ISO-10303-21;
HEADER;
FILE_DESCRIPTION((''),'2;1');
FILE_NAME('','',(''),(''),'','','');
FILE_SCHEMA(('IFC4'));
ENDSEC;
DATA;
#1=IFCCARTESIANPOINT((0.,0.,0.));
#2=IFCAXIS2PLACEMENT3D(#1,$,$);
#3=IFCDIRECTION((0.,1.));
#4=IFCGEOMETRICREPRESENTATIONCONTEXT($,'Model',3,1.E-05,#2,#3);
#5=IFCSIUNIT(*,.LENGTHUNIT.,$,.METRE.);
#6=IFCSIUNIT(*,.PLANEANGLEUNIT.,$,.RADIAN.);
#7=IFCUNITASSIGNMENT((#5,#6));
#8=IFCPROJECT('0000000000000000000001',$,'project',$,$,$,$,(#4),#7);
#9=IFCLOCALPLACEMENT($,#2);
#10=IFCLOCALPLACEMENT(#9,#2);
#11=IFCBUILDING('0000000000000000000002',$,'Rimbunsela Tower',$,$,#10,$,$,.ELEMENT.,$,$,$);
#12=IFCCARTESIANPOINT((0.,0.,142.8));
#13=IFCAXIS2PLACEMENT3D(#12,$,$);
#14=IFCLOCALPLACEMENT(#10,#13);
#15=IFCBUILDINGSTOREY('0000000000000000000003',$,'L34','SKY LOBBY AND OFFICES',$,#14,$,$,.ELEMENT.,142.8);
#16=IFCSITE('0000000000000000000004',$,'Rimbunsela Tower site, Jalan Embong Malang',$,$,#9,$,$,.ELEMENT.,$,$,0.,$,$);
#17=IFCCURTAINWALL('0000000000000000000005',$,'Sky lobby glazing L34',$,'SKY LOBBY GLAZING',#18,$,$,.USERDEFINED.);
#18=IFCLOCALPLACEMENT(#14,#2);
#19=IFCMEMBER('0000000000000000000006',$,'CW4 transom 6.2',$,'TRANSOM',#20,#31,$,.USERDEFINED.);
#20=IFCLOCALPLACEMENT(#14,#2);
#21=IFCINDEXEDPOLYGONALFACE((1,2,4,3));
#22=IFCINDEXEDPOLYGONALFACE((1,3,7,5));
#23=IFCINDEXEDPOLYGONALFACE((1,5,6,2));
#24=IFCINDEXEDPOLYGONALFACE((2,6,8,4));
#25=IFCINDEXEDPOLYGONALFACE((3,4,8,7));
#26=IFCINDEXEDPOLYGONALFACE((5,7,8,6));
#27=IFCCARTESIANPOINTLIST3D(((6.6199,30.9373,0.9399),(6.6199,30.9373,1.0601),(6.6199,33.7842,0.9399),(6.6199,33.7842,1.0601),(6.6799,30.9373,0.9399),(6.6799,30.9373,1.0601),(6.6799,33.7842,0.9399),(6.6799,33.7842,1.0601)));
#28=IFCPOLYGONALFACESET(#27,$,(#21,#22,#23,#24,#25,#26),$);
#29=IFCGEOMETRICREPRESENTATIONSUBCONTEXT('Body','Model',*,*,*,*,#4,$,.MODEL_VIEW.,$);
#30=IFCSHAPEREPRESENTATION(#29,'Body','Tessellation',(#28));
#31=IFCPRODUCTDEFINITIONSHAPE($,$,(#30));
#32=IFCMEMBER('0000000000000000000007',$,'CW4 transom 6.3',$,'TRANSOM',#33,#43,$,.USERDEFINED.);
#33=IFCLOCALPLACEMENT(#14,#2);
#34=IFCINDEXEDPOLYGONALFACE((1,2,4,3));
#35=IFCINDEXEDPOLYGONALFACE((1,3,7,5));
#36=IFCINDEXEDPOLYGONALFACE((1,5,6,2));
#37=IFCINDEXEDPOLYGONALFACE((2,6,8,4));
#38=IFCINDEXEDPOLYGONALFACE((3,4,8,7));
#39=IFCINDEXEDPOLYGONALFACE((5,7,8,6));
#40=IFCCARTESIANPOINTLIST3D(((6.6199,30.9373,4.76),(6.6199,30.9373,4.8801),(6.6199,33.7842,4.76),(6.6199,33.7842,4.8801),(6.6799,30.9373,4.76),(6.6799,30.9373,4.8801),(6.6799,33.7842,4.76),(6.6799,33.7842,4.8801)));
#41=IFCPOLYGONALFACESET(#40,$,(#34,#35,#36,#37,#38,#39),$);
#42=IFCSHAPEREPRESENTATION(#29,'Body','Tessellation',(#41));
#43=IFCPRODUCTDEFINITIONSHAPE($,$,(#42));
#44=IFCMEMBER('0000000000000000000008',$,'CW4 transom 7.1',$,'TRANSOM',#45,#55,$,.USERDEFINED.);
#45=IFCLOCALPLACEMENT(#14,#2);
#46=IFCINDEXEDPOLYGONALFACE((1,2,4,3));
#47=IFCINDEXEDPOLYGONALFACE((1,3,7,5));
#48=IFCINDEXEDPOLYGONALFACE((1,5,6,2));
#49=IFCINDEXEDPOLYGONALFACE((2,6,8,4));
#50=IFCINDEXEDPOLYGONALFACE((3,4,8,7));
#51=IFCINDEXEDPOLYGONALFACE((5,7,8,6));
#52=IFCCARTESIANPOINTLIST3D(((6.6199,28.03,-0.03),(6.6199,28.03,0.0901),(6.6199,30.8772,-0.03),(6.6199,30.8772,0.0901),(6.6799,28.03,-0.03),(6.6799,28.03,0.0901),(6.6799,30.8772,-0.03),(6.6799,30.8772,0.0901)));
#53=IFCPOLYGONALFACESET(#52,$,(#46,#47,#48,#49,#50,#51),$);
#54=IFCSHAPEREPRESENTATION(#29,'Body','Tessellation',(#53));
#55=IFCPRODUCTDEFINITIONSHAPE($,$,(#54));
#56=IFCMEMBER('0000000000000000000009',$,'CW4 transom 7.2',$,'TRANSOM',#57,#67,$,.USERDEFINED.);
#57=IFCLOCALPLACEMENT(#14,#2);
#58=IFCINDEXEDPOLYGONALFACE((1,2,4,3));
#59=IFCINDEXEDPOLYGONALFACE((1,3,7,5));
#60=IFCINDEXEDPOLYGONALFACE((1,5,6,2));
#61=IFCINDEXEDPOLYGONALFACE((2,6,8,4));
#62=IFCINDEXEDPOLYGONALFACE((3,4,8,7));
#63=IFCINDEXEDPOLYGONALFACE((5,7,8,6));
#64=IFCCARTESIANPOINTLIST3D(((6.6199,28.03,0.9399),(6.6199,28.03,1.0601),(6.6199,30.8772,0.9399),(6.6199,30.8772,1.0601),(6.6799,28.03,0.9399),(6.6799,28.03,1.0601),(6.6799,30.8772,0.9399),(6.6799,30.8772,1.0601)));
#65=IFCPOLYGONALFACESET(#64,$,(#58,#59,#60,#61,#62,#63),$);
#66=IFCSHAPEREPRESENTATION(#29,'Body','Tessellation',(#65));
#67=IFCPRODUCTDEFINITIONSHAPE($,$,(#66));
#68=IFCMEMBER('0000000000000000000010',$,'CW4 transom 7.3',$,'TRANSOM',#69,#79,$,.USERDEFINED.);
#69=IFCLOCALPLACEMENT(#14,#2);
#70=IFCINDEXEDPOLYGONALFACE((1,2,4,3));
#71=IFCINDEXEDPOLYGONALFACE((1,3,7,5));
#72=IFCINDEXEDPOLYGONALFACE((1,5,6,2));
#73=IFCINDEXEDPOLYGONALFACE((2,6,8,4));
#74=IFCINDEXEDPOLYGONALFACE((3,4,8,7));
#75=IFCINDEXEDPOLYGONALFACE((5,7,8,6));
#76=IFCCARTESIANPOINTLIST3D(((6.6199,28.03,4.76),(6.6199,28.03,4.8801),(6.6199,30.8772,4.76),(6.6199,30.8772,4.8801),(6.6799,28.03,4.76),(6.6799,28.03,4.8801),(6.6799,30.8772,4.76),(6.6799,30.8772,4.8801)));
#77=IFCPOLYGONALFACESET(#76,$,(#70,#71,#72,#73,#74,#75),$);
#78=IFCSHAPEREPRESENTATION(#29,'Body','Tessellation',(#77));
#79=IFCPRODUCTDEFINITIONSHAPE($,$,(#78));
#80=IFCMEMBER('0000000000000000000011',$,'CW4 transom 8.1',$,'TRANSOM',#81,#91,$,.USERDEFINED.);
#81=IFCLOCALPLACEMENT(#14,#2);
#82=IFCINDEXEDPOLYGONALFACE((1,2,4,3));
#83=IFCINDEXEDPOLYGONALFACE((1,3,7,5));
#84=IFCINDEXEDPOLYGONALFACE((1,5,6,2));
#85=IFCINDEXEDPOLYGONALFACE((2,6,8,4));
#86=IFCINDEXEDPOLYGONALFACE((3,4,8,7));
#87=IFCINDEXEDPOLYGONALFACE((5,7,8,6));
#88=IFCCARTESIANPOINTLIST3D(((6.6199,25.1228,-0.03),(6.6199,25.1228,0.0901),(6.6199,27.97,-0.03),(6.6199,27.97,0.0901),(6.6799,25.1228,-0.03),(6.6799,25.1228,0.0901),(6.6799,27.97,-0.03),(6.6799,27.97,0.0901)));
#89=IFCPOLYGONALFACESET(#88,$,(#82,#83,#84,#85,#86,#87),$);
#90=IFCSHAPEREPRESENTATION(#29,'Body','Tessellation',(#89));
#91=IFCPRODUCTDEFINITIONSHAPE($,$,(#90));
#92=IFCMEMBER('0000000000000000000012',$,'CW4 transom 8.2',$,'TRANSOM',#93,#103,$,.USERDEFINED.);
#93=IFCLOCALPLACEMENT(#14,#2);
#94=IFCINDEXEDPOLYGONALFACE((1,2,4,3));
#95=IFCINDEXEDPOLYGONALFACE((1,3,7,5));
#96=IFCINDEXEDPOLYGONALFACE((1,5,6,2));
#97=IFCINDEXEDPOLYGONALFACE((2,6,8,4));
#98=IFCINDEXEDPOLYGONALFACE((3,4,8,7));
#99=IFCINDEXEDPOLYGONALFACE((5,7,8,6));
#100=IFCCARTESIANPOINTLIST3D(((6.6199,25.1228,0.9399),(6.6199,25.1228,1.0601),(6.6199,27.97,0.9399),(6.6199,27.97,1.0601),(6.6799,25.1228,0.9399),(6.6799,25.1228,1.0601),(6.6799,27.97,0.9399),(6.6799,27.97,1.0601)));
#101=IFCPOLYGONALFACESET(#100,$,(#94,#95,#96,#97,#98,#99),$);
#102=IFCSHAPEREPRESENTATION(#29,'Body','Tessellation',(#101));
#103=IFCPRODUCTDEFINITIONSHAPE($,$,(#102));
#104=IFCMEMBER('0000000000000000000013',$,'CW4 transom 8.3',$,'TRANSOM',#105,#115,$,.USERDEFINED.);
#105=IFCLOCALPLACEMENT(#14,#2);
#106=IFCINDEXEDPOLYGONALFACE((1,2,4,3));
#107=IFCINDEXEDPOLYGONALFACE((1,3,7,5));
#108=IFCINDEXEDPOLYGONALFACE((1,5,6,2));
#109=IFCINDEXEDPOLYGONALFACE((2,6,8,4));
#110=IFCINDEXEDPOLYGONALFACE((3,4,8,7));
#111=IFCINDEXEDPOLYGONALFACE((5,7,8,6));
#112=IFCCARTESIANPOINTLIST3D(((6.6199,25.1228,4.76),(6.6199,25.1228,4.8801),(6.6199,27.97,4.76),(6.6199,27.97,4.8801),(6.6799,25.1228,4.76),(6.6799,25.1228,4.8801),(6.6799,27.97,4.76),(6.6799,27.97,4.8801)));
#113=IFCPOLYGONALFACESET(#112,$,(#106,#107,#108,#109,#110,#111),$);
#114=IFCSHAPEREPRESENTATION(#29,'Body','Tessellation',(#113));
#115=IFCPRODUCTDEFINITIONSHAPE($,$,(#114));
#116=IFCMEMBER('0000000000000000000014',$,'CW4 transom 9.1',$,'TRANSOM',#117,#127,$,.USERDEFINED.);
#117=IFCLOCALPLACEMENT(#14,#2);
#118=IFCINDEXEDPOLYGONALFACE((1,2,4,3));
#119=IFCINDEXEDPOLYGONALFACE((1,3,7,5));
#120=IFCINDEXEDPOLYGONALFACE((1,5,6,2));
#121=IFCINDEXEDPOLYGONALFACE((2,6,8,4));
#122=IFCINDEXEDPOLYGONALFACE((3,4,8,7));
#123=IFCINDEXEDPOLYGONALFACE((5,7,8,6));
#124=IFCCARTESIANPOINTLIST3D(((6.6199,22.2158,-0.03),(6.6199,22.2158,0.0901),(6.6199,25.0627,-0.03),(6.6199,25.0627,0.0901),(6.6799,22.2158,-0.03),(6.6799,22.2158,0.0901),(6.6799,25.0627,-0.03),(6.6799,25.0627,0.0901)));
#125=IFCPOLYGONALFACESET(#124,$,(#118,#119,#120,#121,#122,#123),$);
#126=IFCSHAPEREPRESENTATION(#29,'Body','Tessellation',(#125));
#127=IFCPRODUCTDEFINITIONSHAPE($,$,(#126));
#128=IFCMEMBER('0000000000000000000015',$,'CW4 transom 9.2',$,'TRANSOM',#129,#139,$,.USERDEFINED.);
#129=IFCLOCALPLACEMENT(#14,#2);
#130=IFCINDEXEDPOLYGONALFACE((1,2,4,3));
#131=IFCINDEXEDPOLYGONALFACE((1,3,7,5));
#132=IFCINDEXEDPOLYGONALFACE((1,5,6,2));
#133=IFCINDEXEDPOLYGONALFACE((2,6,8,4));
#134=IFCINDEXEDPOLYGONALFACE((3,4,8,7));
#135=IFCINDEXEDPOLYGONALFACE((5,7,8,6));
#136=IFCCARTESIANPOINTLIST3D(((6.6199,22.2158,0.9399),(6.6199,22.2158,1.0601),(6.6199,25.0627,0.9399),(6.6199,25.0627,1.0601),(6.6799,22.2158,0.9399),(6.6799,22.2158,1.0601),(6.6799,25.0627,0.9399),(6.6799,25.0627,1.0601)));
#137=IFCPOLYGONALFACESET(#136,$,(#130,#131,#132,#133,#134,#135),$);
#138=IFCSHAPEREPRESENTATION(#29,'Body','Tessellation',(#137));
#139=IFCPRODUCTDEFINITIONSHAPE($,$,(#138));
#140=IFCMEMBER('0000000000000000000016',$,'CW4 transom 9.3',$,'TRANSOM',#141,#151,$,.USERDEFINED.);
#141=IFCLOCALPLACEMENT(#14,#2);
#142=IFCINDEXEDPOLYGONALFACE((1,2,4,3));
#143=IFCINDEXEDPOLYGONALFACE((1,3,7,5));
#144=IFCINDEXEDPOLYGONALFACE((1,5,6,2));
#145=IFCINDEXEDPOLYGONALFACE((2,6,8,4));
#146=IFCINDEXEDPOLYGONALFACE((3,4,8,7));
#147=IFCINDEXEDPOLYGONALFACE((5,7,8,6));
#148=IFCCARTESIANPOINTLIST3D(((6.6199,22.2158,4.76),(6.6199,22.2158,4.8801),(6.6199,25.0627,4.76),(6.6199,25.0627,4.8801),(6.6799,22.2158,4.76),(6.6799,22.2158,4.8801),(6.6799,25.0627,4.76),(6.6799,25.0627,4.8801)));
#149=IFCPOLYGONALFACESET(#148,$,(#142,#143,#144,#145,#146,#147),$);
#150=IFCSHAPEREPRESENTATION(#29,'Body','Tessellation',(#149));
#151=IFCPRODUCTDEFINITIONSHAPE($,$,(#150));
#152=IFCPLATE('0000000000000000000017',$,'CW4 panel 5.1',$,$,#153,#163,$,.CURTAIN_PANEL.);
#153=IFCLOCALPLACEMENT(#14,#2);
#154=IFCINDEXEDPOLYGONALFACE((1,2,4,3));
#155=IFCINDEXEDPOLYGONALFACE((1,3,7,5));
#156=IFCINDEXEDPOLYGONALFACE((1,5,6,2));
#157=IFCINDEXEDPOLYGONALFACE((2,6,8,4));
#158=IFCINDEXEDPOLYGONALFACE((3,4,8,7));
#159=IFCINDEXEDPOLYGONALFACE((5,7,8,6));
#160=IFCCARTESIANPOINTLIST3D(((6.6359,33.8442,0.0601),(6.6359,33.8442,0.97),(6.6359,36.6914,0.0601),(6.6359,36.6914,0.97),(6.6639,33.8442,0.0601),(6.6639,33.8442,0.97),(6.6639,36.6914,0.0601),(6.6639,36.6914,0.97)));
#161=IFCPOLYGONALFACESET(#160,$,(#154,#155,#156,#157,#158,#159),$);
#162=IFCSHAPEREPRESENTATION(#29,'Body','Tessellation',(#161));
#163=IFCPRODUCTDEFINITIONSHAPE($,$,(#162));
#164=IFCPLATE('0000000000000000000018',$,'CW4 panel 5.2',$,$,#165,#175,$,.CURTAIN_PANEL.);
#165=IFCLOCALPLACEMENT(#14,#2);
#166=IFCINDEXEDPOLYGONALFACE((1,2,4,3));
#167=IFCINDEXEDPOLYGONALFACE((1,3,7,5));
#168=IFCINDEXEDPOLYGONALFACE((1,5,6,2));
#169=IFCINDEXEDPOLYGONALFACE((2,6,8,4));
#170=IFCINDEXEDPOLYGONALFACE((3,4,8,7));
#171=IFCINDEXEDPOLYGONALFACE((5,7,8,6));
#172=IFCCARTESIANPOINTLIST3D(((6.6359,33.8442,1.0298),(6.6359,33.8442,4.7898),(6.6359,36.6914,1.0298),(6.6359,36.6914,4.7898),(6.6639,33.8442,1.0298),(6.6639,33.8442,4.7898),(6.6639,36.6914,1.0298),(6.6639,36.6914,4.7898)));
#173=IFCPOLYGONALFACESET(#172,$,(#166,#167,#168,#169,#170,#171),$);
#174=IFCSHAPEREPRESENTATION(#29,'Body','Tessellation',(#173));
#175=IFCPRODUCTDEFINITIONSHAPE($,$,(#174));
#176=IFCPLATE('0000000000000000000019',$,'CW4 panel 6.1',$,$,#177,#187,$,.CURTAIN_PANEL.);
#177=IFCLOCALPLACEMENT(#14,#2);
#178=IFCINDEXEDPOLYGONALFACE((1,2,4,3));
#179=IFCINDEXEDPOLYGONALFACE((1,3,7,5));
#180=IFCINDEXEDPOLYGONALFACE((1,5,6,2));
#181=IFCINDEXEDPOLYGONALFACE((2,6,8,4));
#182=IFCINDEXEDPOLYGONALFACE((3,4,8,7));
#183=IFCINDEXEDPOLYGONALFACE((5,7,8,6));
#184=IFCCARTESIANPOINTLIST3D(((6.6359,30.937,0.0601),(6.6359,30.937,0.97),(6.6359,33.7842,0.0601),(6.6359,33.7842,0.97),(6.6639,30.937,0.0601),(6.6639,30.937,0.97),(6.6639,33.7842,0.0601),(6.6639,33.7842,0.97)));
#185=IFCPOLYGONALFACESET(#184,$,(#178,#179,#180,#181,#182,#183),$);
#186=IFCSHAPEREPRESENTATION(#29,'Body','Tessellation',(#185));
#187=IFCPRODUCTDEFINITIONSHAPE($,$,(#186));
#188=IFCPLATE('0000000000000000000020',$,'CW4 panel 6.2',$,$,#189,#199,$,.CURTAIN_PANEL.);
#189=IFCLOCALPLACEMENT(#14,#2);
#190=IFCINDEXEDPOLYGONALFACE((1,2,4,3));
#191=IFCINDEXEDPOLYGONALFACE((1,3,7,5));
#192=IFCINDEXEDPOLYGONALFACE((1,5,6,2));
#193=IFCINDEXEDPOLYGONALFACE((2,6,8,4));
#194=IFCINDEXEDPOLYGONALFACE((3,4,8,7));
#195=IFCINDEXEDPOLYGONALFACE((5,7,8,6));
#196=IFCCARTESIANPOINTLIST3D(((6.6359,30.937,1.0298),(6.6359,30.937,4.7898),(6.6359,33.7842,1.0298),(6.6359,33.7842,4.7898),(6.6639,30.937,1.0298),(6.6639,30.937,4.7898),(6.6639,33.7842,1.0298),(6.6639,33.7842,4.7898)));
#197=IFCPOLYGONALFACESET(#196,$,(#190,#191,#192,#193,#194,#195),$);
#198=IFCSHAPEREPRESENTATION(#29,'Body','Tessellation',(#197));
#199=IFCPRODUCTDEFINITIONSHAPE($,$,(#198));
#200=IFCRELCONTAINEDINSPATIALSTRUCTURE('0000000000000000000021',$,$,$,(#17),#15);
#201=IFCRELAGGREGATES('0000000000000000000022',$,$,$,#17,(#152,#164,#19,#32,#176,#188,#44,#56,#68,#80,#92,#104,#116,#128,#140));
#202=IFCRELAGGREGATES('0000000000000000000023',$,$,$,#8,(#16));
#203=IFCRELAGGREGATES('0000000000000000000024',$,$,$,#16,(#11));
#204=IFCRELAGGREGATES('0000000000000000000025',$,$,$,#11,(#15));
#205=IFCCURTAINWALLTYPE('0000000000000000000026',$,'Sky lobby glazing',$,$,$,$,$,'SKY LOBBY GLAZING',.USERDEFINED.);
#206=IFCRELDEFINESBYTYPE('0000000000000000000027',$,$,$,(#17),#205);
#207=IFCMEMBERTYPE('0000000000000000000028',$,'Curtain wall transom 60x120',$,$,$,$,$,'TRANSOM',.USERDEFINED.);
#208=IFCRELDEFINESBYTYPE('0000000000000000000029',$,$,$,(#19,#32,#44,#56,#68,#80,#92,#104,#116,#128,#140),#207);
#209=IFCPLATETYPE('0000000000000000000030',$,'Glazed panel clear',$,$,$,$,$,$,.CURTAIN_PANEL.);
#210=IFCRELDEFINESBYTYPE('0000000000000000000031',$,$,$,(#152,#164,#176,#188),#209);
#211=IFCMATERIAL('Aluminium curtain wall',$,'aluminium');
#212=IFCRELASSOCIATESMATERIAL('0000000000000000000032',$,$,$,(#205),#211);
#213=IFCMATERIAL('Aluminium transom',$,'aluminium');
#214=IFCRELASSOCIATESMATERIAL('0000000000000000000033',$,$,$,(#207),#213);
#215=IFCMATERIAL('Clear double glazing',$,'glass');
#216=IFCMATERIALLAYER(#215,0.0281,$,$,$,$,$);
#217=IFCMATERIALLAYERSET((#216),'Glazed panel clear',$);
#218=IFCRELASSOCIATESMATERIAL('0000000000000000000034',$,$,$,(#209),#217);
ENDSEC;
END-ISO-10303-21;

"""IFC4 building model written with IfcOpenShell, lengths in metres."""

from ifc_helpers import new_model, si_unit, direction, frame, origin, origin_2d, place, context, subcontext, project, spatial, rectangle, extrude, material, layer, layer_set, material_profile, profile_set, type_object, element, aggregate, save


model = new_model("IFC4")

# Units and contexts
model_context = context("Model", 3, precision=1e-05, world=origin(), true_north=direction((0.0, 1.0)))
body_context = subcontext(model_context, "Body", "Model", "MODEL_VIEW")
ifc_project = project(units=[si_unit("LENGTHUNIT", "METRE"), si_unit("PLANEANGLEUNIT", "RADIAN")], contexts=[model_context])

# Site, building, storey
site_placement = place(None, origin())
site = spatial("IfcSite", under=ifc_project, at=site_placement, Name="Rimbunsela Tower site, Jalan Embong Malang", CompositionType="ELEMENT", RefElevation=0.0)
building_placement = place(site_placement, origin())
building = spatial("IfcBuilding", under=site, at=building_placement, Name="Rimbunsela Tower", CompositionType="ELEMENT")
storey_placement = place(building_placement, frame((0.0, 0.0, 142.8)))
storey = spatial("IfcBuildingStorey", under=building, at=storey_placement, Name="L34", Description="SKY LOBBY AND OFFICES", CompositionType="ELEMENT", Elevation=142.8)

# Curtain wall, members, plates
ifc_material_1 = material(Name="Aluminium curtain wall", Category="aluminium")
curtain_wall_type = type_object("IfcCurtainWallType", Name="Sky lobby glazing", ElementType="SKY LOBBY GLAZING", PredefinedType="USERDEFINED", material=ifc_material_1)
curtain_wall_placement = place(storey_placement, origin())
curtain_wall = element("IfcCurtainWall", 1, at=curtain_wall_placement, inside=storey, type_object=curtain_wall_type, Name="Sky lobby glazing L34", ObjectType="SKY LOBBY GLAZING", PredefinedType="USERDEFINED")
ifc_material_2 = material(Name="Aluminium transom", Category="aluminium")
ifc_material_profile_1 = material_profile(ifc_material_2, rectangle(XDim=0.0601, YDim=0.1201, at=origin_2d()), Name="Transom 60x120")
ifc_profile_set_1 = profile_set([ifc_material_profile_1], Name="Aluminium transom")
member_type_1 = type_object("IfcMemberType", Name="Curtain wall transom 60x120", ElementType="TRANSOM", PredefinedType="USERDEFINED", material=ifc_profile_set_1)
member_1_placement = place(storey_placement, frame((6.6499, 33.7842, 1.0), z_axis=(0.0, -1.0, 0.0), x_axis=(1.0, 0.0, 0.0)))
member_1 = element("IfcMember", 2, at=member_1_placement, type_object=member_type_1, Name="CW4 transom 6.2", ObjectType="TRANSOM", PredefinedType="USERDEFINED", context=body_context, shape_type="SweptSolid", body=[
    extrude(rectangle(XDim=0.0601, YDim=0.1201, at=origin_2d()), origin(), (0.0, 0.0, 1.0), 2.8469),
])
member_2_placement = place(storey_placement, frame((6.6499, 33.7842, 4.8201), z_axis=(0.0, -1.0, 0.0), x_axis=(1.0, 0.0, 0.0)))
member_2 = element("IfcMember", 3, at=member_2_placement, type_object=member_type_1, Name="CW4 transom 6.3", ObjectType="TRANSOM", PredefinedType="USERDEFINED", context=body_context, shape_type="SweptSolid", body=[
    extrude(rectangle(XDim=0.0601, YDim=0.1201, at=origin_2d()), origin(), (0.0, 0.0, 1.0), 2.8469),
])
member_3_placement = place(storey_placement, frame((6.6499, 30.8772, 0.03), z_axis=(0.0, -1.0, 0.0), x_axis=(1.0, 0.0, 0.0)))
member_3 = element("IfcMember", 4, at=member_3_placement, type_object=member_type_1, Name="CW4 transom 7.1", ObjectType="TRANSOM", PredefinedType="USERDEFINED", context=body_context, shape_type="SweptSolid", body=[
    extrude(rectangle(XDim=0.0601, YDim=0.1201, at=origin_2d()), origin(), (0.0, 0.0, 1.0), 2.8472),
])
member_4_placement = place(storey_placement, frame((6.6499, 30.8772, 1.0), z_axis=(0.0, -1.0, 0.0), x_axis=(1.0, 0.0, 0.0)))
member_4 = element("IfcMember", 5, at=member_4_placement, type_object=member_type_1, Name="CW4 transom 7.2", ObjectType="TRANSOM", PredefinedType="USERDEFINED", context=body_context, shape_type="SweptSolid", body=[
    extrude(rectangle(XDim=0.0601, YDim=0.1201, at=origin_2d()), origin(), (0.0, 0.0, 1.0), 2.8472),
])
member_5_placement = place(storey_placement, frame((6.6499, 30.8772, 4.8201), z_axis=(0.0, -1.0, 0.0), x_axis=(1.0, 0.0, 0.0)))
member_5 = element("IfcMember", 6, at=member_5_placement, type_object=member_type_1, Name="CW4 transom 7.3", ObjectType="TRANSOM", PredefinedType="USERDEFINED", context=body_context, shape_type="SweptSolid", body=[
    extrude(rectangle(XDim=0.0601, YDim=0.1201, at=origin_2d()), origin(), (0.0, 0.0, 1.0), 2.8472),
])
member_6_placement = place(storey_placement, frame((6.6499, 27.97, 0.03), z_axis=(0.0, -1.0, 0.0), x_axis=(1.0, 0.0, 0.0)))
member_6 = element("IfcMember", 7, at=member_6_placement, type_object=member_type_1, Name="CW4 transom 8.1", ObjectType="TRANSOM", PredefinedType="USERDEFINED", context=body_context, shape_type="SweptSolid", body=[
    extrude(rectangle(XDim=0.0601, YDim=0.1201, at=origin_2d()), origin(), (0.0, 0.0, 1.0), 2.8472),
])
member_7_placement = place(storey_placement, frame((6.6499, 27.97, 1.0), z_axis=(0.0, -1.0, 0.0), x_axis=(1.0, 0.0, 0.0)))
member_7 = element("IfcMember", 8, at=member_7_placement, type_object=member_type_1, Name="CW4 transom 8.2", ObjectType="TRANSOM", PredefinedType="USERDEFINED", context=body_context, shape_type="SweptSolid", body=[
    extrude(rectangle(XDim=0.0601, YDim=0.1201, at=origin_2d()), origin(), (0.0, 0.0, 1.0), 2.8472),
])
member_8_placement = place(storey_placement, frame((6.6499, 27.97, 4.8201), z_axis=(0.0, -1.0, 0.0), x_axis=(1.0, 0.0, 0.0)))
member_8 = element("IfcMember", 9, at=member_8_placement, type_object=member_type_1, Name="CW4 transom 8.3", ObjectType="TRANSOM", PredefinedType="USERDEFINED", context=body_context, shape_type="SweptSolid", body=[
    extrude(rectangle(XDim=0.0601, YDim=0.1201, at=origin_2d()), origin(), (0.0, 0.0, 1.0), 2.8472),
])
member_9_placement = place(storey_placement, frame((6.6499, 25.0627, 0.03), z_axis=(0.0, -1.0, 0.0), x_axis=(1.0, 0.0, 0.0)))
member_9 = element("IfcMember", 10, at=member_9_placement, type_object=member_type_1, Name="CW4 transom 9.1", ObjectType="TRANSOM", PredefinedType="USERDEFINED", context=body_context, shape_type="SweptSolid", body=[
    extrude(rectangle(XDim=0.0601, YDim=0.1201, at=origin_2d()), origin(), (0.0, 0.0, 1.0), 2.8469),
])
member_10_placement = place(storey_placement, frame((6.6499, 25.0627, 1.0), z_axis=(0.0, -1.0, 0.0), x_axis=(1.0, 0.0, 0.0)))
member_10 = element("IfcMember", 11, at=member_10_placement, type_object=member_type_1, Name="CW4 transom 9.2", ObjectType="TRANSOM", PredefinedType="USERDEFINED", context=body_context, shape_type="SweptSolid", body=[
    extrude(rectangle(XDim=0.0601, YDim=0.1201, at=origin_2d()), origin(), (0.0, 0.0, 1.0), 2.8469),
])
member_11_placement = place(storey_placement, frame((6.6499, 25.0627, 4.8201), z_axis=(0.0, -1.0, 0.0), x_axis=(1.0, 0.0, 0.0)))
member_11 = element("IfcMember", 12, at=member_11_placement, type_object=member_type_1, Name="CW4 transom 9.3", ObjectType="TRANSOM", PredefinedType="USERDEFINED", context=body_context, shape_type="SweptSolid", body=[
    extrude(rectangle(XDim=0.0601, YDim=0.1201, at=origin_2d()), origin(), (0.0, 0.0, 1.0), 2.8469),
])
ifc_material_3 = material(Name="Clear double glazing", Category="glass")
ifc_layer = layer(ifc_material_3, 0.0281)
ifc_layer_set = layer_set([ifc_layer], Name="Glazed panel clear")
plate_type = type_object("IfcPlateType", Name="Glazed panel clear", PredefinedType="CURTAIN_PANEL", material=ifc_layer_set)
plate_1_placement = place(storey_placement, frame((6.6499, 35.2678, 0.0601), z_axis=(0.0, 0.0, 1.0), x_axis=(0.0, -1.0, 0.0)))
plate_1 = element("IfcPlate", 13, at=plate_1_placement, type_object=plate_type, Name="CW4 panel 5.1", PredefinedType="CURTAIN_PANEL", context=body_context, shape_type="SweptSolid", body=[
    extrude(rectangle(XDim=2.8472, YDim=0.0281, at=origin_2d()), origin(), (0.0, 0.0, 1.0), 0.9099),
])
plate_2_placement = place(storey_placement, frame((6.6499, 35.2678, 1.0298), z_axis=(0.0, 0.0, 1.0), x_axis=(0.0, -1.0, 0.0)))
plate_2 = element("IfcPlate", 14, at=plate_2_placement, type_object=plate_type, Name="CW4 panel 5.2", PredefinedType="CURTAIN_PANEL", context=body_context, shape_type="SweptSolid", body=[
    extrude(rectangle(XDim=2.8472, YDim=0.0281, at=origin_2d()), origin(), (0.0, 0.0, 1.0), 3.76),
])
plate_3_placement = place(storey_placement, frame((6.6499, 32.3606, 0.0601), z_axis=(0.0, 0.0, 1.0), x_axis=(0.0, -1.0, 0.0)))
plate_3 = element("IfcPlate", 15, at=plate_3_placement, type_object=plate_type, Name="CW4 panel 6.1", PredefinedType="CURTAIN_PANEL", context=body_context, shape_type="SweptSolid", body=[
    extrude(rectangle(XDim=2.8472, YDim=0.0281, at=origin_2d()), origin(), (0.0, 0.0, 1.0), 0.9099),
])
plate_4_placement = place(storey_placement, frame((6.6499, 32.3606, 1.0298), z_axis=(0.0, 0.0, 1.0), x_axis=(0.0, -1.0, 0.0)))
plate_4 = element("IfcPlate", 16, at=plate_4_placement, type_object=plate_type, Name="CW4 panel 6.2", PredefinedType="CURTAIN_PANEL", context=body_context, shape_type="SweptSolid", body=[
    extrude(rectangle(XDim=2.8472, YDim=0.0281, at=origin_2d()), origin(), (0.0, 0.0, 1.0), 3.76),
])
aggregate(curtain_wall, [plate_1, plate_2, member_1, member_2, plate_3, plate_4, member_3, member_4, member_5, member_6, member_7, member_8, member_9, member_10, member_11])

save(model, "model.ifc")
